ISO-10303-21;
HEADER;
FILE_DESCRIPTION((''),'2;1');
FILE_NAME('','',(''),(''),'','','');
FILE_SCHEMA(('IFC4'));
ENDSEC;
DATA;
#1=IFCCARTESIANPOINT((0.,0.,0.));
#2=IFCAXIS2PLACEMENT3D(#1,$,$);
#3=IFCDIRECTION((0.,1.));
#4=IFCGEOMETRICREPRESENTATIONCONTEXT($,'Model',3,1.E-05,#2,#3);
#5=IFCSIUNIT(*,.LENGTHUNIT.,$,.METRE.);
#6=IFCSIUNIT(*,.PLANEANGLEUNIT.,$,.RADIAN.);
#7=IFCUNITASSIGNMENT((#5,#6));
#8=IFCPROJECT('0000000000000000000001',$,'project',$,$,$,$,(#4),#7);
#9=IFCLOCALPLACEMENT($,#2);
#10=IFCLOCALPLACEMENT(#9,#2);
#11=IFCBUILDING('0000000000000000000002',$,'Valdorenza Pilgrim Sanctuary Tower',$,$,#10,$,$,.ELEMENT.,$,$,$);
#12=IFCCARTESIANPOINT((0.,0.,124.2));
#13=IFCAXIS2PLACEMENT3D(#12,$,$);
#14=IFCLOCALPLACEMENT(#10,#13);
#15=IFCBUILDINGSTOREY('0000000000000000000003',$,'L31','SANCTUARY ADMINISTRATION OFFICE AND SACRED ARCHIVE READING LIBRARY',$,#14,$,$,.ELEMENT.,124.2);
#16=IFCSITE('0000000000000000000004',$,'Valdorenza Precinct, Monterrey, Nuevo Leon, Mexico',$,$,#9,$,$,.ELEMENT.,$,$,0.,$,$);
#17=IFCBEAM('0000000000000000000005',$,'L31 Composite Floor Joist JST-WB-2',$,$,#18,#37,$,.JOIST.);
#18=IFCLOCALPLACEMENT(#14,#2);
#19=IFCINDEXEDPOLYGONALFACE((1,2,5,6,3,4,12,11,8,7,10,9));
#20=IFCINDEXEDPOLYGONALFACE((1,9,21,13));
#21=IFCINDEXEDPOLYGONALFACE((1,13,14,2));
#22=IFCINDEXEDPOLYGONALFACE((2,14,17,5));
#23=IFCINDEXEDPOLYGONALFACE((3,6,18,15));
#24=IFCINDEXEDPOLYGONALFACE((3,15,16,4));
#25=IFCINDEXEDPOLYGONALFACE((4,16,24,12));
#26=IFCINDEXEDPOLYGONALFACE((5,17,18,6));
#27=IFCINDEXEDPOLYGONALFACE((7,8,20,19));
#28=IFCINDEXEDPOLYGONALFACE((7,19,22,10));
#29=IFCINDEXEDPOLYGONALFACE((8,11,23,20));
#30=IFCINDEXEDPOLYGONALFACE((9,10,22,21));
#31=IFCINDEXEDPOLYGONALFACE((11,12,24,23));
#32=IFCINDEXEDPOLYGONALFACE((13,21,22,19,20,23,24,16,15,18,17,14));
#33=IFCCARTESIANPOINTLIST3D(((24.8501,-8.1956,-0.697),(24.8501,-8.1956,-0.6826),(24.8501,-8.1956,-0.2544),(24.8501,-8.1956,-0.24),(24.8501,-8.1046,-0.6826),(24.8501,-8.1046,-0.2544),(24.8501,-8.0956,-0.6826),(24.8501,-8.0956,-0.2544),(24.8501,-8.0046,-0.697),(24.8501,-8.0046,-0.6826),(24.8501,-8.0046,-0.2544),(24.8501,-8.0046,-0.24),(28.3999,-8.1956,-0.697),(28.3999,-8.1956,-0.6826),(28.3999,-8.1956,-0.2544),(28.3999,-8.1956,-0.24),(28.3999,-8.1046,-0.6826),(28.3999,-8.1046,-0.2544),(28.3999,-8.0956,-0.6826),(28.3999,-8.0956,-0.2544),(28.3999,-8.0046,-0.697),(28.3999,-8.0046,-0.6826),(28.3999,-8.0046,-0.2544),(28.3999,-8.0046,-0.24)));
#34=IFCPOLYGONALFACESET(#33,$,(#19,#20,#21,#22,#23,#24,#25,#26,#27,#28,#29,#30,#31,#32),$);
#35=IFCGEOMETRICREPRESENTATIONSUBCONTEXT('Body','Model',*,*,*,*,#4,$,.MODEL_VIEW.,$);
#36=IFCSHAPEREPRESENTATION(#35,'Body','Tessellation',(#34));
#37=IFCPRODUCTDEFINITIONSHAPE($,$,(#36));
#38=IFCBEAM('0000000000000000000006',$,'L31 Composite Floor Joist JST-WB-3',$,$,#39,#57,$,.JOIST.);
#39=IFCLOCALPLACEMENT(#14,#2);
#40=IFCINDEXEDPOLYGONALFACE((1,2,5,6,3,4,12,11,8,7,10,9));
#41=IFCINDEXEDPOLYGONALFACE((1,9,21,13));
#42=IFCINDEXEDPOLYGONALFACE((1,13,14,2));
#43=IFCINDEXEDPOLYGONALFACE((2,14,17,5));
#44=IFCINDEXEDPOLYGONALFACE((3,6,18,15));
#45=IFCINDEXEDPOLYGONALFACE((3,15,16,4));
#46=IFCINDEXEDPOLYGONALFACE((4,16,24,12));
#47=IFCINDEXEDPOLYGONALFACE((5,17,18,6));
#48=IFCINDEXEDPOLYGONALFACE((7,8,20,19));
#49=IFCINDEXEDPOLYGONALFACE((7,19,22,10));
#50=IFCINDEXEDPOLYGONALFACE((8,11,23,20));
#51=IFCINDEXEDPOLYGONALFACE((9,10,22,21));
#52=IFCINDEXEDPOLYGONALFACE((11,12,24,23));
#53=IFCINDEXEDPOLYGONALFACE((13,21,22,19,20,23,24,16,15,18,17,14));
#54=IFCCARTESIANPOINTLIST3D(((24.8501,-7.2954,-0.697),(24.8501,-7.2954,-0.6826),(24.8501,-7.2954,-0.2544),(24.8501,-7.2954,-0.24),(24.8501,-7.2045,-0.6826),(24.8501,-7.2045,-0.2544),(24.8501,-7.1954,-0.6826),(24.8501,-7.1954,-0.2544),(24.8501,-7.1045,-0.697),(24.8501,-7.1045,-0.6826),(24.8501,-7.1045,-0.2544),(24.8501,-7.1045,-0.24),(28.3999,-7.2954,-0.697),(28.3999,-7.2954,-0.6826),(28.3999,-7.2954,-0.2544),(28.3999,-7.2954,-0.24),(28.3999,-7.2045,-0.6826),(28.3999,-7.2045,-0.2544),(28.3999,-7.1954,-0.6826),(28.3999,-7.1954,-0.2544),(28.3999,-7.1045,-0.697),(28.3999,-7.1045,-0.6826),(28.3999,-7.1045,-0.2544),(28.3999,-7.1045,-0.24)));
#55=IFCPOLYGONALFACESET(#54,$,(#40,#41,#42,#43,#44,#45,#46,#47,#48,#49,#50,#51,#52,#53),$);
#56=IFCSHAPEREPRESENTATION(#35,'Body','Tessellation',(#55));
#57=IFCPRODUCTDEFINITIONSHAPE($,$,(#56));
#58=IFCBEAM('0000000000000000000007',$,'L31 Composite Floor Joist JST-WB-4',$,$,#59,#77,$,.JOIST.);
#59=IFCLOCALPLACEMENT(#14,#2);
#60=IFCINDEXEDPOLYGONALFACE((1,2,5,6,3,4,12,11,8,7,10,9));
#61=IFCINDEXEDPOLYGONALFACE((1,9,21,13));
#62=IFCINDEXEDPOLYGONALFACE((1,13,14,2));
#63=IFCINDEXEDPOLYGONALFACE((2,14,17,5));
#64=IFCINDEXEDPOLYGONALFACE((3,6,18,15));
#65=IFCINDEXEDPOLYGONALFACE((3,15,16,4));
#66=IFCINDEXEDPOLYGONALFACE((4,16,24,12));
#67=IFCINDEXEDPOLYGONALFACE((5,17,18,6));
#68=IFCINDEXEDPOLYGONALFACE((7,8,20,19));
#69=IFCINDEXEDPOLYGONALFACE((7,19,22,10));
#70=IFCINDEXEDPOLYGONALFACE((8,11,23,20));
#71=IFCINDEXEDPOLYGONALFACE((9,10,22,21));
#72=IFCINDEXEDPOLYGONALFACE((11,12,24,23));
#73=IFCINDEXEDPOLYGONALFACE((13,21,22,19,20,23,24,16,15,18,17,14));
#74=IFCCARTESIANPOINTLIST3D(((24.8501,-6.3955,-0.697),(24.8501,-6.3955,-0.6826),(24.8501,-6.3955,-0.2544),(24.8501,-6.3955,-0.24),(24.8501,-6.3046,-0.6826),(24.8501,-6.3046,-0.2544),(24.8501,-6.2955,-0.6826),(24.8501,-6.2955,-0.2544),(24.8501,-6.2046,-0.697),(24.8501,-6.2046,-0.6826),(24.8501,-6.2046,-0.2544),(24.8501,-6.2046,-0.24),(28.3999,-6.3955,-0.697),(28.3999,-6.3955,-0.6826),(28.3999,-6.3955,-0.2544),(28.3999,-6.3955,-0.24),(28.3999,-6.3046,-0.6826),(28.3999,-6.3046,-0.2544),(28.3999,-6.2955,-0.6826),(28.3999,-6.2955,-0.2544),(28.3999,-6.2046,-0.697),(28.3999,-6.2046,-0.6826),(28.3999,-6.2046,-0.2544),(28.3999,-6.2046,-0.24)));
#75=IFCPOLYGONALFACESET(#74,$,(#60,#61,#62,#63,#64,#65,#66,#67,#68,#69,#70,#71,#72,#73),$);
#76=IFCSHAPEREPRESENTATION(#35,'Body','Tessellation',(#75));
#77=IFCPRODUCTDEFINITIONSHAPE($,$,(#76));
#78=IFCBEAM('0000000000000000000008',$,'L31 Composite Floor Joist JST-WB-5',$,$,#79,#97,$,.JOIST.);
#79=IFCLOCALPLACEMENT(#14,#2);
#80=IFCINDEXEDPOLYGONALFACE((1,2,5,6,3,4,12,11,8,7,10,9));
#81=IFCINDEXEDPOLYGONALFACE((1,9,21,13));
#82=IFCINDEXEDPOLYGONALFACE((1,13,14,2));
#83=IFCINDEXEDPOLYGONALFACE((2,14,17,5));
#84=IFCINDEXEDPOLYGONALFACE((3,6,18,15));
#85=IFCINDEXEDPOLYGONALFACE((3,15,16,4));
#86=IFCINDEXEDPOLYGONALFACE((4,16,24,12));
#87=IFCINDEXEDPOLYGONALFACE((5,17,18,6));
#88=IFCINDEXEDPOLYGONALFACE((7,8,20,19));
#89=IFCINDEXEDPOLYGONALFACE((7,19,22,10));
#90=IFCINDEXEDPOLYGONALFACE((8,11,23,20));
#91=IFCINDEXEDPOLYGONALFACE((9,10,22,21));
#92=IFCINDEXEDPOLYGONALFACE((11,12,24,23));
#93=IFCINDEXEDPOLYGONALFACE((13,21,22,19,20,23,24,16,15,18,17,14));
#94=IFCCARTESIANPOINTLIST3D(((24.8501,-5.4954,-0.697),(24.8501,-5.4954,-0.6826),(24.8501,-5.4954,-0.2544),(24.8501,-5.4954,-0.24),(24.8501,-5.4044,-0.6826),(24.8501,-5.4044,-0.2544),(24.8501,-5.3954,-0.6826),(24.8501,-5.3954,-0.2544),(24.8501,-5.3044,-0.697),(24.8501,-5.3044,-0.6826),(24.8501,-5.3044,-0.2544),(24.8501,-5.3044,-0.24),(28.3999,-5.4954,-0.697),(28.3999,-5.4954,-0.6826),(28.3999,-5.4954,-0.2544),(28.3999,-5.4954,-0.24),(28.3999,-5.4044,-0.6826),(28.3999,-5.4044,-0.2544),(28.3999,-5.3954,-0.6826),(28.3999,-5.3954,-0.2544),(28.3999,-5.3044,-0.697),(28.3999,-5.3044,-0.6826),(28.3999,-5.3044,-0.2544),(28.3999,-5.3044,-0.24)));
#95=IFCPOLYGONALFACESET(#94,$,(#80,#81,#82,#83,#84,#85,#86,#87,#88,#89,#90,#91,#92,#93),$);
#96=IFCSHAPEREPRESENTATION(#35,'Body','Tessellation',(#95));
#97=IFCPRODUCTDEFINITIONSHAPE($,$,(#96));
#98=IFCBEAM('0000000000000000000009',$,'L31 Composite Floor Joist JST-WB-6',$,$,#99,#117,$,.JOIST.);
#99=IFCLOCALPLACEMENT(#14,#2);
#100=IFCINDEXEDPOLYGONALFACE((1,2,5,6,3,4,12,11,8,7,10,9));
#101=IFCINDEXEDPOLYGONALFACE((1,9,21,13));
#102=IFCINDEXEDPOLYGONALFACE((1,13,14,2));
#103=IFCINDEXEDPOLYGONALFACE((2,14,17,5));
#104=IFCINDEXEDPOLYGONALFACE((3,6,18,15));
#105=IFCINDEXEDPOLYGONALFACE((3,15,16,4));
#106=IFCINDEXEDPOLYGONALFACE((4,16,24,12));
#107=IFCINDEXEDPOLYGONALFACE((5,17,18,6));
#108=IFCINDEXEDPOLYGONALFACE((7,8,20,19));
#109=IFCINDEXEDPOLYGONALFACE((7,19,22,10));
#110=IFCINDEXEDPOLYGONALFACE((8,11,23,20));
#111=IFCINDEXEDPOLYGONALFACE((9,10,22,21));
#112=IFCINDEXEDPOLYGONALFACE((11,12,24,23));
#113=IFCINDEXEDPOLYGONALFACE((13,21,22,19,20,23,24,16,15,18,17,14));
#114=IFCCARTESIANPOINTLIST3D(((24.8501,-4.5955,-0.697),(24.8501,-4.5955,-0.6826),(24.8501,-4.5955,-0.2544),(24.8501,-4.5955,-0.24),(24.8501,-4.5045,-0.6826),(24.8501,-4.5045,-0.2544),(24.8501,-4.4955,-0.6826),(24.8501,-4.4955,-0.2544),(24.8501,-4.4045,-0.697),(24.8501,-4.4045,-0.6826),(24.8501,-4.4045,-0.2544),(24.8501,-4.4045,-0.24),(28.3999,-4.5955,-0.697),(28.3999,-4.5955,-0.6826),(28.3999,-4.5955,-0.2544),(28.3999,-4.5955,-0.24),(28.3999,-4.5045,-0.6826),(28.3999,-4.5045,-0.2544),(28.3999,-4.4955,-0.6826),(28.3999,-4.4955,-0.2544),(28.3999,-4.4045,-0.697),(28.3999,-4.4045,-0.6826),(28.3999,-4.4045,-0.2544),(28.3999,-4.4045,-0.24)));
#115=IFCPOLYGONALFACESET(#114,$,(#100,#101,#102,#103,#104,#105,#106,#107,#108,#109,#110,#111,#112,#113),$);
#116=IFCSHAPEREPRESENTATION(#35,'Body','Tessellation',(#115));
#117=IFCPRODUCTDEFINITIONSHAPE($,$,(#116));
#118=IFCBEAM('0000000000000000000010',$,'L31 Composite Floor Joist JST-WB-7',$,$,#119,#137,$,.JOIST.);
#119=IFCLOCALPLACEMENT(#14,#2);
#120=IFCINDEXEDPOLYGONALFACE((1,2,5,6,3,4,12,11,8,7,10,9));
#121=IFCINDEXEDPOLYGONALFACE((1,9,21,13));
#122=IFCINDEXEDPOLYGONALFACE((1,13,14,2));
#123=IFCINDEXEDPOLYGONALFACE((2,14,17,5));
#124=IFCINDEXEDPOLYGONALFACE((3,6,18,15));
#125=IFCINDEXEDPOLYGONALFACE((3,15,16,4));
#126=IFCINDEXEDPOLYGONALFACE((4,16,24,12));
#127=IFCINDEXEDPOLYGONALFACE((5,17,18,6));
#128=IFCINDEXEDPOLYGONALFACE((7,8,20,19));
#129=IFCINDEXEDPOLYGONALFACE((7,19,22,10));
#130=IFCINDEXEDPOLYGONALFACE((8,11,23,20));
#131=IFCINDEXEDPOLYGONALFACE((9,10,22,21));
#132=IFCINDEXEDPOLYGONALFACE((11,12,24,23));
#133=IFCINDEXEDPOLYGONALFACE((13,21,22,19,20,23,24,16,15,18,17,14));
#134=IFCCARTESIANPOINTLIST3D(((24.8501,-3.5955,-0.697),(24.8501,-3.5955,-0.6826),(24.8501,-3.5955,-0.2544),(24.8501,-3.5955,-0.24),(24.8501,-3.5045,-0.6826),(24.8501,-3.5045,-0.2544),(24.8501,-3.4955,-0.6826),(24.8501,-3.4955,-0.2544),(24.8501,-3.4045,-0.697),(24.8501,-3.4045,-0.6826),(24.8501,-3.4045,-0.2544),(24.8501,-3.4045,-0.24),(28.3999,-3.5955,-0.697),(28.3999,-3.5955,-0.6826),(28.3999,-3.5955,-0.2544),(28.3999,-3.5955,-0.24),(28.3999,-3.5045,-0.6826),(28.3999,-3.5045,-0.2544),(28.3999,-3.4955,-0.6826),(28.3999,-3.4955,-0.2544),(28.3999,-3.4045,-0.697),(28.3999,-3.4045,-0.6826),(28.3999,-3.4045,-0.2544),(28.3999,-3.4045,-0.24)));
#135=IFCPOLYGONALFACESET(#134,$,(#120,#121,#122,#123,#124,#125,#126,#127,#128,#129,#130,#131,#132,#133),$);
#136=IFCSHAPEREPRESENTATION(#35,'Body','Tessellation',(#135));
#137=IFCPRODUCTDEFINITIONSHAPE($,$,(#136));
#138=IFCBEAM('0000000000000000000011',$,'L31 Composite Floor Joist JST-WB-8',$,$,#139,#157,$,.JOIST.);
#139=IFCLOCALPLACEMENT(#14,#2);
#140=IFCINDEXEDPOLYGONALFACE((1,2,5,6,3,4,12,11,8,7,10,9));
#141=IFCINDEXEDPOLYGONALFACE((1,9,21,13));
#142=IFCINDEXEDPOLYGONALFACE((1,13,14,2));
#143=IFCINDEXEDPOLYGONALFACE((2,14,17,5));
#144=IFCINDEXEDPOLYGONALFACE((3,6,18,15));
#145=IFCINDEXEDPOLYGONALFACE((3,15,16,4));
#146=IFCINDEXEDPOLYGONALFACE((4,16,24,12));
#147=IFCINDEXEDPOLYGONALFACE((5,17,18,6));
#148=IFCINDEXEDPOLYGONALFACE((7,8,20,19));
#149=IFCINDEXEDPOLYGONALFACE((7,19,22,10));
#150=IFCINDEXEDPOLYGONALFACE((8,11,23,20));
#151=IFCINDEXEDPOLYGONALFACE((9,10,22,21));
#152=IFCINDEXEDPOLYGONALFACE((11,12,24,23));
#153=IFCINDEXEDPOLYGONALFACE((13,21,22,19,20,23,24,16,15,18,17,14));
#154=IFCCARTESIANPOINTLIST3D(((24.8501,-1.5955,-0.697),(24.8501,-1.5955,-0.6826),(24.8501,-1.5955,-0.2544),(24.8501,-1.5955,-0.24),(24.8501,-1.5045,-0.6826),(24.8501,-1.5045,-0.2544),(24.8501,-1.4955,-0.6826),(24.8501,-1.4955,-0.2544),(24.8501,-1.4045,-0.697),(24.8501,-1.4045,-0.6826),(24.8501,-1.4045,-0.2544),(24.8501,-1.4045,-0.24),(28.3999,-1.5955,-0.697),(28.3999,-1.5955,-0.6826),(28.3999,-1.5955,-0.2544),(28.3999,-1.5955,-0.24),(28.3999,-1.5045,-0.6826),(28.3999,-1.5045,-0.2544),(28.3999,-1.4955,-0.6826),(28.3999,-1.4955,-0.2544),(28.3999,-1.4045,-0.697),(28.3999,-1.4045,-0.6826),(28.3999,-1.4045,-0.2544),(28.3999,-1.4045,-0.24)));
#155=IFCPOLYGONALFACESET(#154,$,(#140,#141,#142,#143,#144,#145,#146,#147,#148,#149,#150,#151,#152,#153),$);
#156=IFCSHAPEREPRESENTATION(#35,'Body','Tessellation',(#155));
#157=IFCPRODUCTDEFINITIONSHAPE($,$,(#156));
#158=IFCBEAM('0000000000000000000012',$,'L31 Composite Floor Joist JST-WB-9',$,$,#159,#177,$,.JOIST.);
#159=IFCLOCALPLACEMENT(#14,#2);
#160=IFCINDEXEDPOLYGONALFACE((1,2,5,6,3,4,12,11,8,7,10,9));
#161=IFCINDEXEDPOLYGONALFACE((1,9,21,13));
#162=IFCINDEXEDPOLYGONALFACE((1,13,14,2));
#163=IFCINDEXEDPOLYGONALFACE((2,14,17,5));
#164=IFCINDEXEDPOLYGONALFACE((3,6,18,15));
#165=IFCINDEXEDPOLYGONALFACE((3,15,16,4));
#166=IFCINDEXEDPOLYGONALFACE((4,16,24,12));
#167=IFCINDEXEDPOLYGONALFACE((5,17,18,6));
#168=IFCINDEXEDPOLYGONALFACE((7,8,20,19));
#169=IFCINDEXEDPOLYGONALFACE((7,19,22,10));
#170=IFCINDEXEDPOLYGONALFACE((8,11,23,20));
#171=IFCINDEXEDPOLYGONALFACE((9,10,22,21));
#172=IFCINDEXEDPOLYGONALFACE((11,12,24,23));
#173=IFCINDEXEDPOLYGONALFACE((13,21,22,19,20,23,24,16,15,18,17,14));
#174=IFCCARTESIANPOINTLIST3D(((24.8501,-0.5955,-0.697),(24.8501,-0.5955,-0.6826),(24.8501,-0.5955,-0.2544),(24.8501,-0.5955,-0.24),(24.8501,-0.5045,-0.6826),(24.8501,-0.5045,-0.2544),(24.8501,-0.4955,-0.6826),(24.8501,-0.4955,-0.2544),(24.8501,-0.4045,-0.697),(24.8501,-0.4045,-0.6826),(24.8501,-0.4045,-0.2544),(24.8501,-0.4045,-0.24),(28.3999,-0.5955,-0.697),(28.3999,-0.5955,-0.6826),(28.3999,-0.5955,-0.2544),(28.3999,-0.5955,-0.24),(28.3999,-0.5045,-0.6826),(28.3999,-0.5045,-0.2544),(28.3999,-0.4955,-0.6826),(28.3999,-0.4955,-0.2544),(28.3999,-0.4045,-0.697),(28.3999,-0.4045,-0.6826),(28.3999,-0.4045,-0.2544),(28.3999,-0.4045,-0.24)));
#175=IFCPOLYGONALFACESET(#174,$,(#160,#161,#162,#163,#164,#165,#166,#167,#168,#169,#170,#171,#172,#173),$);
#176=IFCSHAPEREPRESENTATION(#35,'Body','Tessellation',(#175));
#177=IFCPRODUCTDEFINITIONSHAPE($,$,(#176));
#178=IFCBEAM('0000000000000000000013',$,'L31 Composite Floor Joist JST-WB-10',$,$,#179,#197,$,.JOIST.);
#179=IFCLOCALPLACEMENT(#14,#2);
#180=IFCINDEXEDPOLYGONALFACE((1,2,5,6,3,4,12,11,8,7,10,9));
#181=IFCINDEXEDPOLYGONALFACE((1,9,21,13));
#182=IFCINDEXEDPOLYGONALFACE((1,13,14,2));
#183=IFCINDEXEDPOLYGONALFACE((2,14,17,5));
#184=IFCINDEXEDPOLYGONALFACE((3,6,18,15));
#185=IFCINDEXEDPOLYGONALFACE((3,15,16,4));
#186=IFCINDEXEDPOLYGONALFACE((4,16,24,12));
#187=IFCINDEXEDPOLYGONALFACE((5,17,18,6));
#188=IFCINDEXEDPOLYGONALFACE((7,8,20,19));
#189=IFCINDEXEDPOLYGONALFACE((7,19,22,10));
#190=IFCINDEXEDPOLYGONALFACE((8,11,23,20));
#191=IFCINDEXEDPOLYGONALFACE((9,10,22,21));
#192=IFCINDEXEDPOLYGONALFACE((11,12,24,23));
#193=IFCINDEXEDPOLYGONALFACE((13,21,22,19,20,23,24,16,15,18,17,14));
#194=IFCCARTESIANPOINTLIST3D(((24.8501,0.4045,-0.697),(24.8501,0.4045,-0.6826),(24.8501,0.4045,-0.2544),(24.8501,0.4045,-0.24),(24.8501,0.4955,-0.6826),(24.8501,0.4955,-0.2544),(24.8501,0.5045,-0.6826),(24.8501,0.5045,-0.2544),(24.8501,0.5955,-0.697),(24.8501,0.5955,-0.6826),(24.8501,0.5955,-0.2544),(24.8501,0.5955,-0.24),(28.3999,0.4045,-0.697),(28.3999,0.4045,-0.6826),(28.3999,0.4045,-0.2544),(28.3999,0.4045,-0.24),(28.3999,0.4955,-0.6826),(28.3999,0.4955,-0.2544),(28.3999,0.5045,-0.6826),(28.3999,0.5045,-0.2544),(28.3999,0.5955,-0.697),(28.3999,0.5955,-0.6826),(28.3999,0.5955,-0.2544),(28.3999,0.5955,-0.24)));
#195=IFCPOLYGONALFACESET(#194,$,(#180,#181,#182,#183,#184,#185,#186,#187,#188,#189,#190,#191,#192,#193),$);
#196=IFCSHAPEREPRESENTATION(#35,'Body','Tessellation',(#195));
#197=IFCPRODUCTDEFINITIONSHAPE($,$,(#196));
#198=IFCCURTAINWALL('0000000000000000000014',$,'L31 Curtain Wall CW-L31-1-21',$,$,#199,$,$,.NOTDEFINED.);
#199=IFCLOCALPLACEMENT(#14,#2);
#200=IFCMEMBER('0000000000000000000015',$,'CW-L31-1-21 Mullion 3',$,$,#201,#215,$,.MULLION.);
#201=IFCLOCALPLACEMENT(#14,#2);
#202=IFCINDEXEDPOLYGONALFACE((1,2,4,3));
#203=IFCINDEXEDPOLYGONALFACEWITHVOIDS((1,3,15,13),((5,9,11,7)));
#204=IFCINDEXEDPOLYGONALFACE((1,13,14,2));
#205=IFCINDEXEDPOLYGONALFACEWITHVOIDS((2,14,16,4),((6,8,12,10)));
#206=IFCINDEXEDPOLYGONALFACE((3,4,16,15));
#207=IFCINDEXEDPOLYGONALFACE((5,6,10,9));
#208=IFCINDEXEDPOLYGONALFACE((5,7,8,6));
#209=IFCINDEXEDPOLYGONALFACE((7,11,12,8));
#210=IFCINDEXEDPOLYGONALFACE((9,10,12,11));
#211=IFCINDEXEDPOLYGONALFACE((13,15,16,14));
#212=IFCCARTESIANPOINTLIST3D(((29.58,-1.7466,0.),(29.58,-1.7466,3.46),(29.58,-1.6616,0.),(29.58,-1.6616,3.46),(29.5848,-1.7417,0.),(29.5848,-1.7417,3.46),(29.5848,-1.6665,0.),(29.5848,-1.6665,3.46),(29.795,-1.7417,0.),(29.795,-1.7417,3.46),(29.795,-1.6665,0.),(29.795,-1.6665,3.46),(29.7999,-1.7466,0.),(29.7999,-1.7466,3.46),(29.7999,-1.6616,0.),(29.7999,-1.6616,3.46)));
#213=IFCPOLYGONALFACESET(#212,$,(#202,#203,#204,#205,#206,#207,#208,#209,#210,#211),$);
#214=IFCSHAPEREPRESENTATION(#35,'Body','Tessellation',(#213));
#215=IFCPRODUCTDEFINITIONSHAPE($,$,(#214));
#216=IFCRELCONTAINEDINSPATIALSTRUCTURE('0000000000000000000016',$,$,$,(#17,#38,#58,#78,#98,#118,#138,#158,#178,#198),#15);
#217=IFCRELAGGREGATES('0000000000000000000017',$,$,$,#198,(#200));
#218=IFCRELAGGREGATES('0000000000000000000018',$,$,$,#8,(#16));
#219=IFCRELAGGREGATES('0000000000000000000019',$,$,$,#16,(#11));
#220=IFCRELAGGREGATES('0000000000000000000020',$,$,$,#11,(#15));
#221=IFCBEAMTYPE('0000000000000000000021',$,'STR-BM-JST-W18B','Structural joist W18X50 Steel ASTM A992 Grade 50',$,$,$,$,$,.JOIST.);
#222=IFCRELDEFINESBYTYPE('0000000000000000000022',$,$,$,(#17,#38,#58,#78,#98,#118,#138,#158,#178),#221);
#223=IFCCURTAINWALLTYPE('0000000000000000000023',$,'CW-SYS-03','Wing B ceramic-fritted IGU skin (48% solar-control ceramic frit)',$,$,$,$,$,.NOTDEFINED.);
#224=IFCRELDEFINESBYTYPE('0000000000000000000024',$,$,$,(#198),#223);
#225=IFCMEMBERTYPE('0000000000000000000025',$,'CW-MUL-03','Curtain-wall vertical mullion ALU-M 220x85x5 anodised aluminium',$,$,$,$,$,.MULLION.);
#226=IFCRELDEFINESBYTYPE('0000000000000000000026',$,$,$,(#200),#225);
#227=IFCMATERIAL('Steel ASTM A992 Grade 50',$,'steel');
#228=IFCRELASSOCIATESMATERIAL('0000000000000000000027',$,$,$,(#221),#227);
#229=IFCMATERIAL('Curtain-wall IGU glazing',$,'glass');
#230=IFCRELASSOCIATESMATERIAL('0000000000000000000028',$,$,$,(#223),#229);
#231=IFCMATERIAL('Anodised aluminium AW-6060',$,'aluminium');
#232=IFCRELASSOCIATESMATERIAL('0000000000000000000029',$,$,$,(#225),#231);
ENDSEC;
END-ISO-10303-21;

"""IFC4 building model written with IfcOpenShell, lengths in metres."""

from ifc_helpers import new_model, si_unit, direction, frame, origin, origin_2d, place, context, subcontext, project, spatial, hollow_rectangle, i_section, extrude, source, transform, mapped, material, material_profile, profile_set, type_object, element, aggregate, save


model = new_model("IFC4")

# Units and contexts
model_context = context("Model", 3, precision=1e-05, world=origin(), true_north=direction((0.0, 1.0)))
body_context = subcontext(model_context, "Body", "Model", "MODEL_VIEW")
ifc_project = project(units=[si_unit("LENGTHUNIT", "METRE"), si_unit("PLANEANGLEUNIT", "RADIAN")], contexts=[model_context])

# Site, building, storey
site_placement = place(None, origin())
site = spatial("IfcSite", under=ifc_project, at=site_placement, Name="Valdorenza Precinct, Monterrey, Nuevo Leon, Mexico", CompositionType="ELEMENT", RefElevation=0.0)
building_placement = place(site_placement, origin())
building = spatial("IfcBuilding", under=site, at=building_placement, Name="Valdorenza Pilgrim Sanctuary Tower", CompositionType="ELEMENT")
storey_placement = place(building_placement, frame((0.0, 0.0, 124.2)))
storey = spatial("IfcBuildingStorey", under=building, at=storey_placement, Name="L31", Description="SANCTUARY ADMINISTRATION OFFICE AND SACRED ARCHIVE READING LIBRARY", CompositionType="ELEMENT", Elevation=124.2)

# Shared definitions
ifc_material_1 = material(Name="Steel ASTM A992 Grade 50", Category="steel")

# Beams
ifc_material_profile_1 = material_profile(ifc_material_1, i_section(OverallWidth=0.1909, OverallDepth=0.457, WebThickness=0.009, FlangeThickness=0.0144, at=origin_2d()), Name="W18X50")
ifc_profile_set_1 = profile_set([ifc_material_profile_1], Name="Steel ASTM A992 Grade 50")
beam_type_1 = type_object("IfcBeamType", Name="STR-BM-JST-W18B", Description="Structural joist W18X50 Steel ASTM A992 Grade 50", PredefinedType="JOIST", material=ifc_profile_set_1)
shared_shape_1 = source(origin(), body_context, "Body", "SweptSolid", [
    extrude(i_section(OverallWidth=0.1909, OverallDepth=0.457, WebThickness=0.009, FlangeThickness=0.0144, at=origin_2d()), origin(), (0.0, 0.0, 1.0), 3.5498),
])
for number, where, z_axis, x_axis, name in (
    (1, (24.8501, -8.1001, -0.4685), (1.0, 0.0, 0.0), (0.0, 1.0, 0.0), "L31 Composite Floor Joist JST-WB-2"),
    (2, (24.8501, -7.2, -0.4685), (1.0, 0.0, 0.0), (0.0, 1.0, 0.0), "L31 Composite Floor Joist JST-WB-3"),
    (3, (24.8501, -6.3, -0.4685), (1.0, 0.0, 0.0), (0.0, 1.0, 0.0), "L31 Composite Floor Joist JST-WB-4"),
    (4, (24.8501, -5.3999, -0.4685), (1.0, 0.0, 0.0), (0.0, 1.0, 0.0), "L31 Composite Floor Joist JST-WB-5"),
    (5, (24.8501, -4.5, -0.4685), (1.0, 0.0, 0.0), (0.0, 1.0, 0.0), "L31 Composite Floor Joist JST-WB-6"),
    (6, (24.8501, -3.5, -0.4685), (1.0, 0.0, 0.0), (0.0, 1.0, 0.0), "L31 Composite Floor Joist JST-WB-7"),
    (7, (24.8501, -1.5, -0.4685), (1.0, 0.0, 0.0), (0.0, 1.0, 0.0), "L31 Composite Floor Joist JST-WB-8"),
    (8, (24.8501, -0.5, -0.4685), (1.0, 0.0, 0.0), (0.0, 1.0, 0.0), "L31 Composite Floor Joist JST-WB-9"),
    (9, (24.8501, 0.5, -0.4685), (1.0, 0.0, 0.0), (0.0, 1.0, 0.0), "L31 Composite Floor Joist JST-WB-10"),
):
    element("IfcBeam", number, at=place(storey_placement, frame(where, z_axis=z_axis, x_axis=x_axis)), inside=storey, type_object=beam_type_1, Name=name, PredefinedType="JOIST", context=body_context, shape_type="MappedRepresentation", body=[
        mapped(shared_shape_1, transform((0.0, 0.0, 0.0), x_axis=(1.0, 0.0, 0.0), y_axis=(0.0, 1.0, 0.0), z_axis=(0.0, 0.0, 1.0), scale=1.0)),
    ])

# Curtain wall, member
ifc_material_2 = material(Name="Curtain-wall IGU glazing", Category="glass")
curtain_wall_type = type_object("IfcCurtainWallType", Name="CW-SYS-03", Description="Wing B ceramic-fritted IGU skin (48% solar-control ceramic frit)", PredefinedType="NOTDEFINED", material=ifc_material_2)
curtain_wall_1_placement = place(storey_placement, origin())
curtain_wall_1 = element("IfcCurtainWall", 10, at=curtain_wall_1_placement, inside=storey, type_object=curtain_wall_type, Name="L31 Curtain Wall CW-L31-1-21", PredefinedType="NOTDEFINED")
ifc_material_3 = material(Name="Anodised aluminium AW-6060", Category="aluminium")
ifc_material_profile_2 = material_profile(ifc_material_3, hollow_rectangle(XDim=0.085, YDim=0.22, WallThickness=0.0049, at=origin_2d()), Name="ALU-M 220x85x5")
ifc_profile_set_2 = profile_set([ifc_material_profile_2], Name="Anodised aluminium AW-6060")
member_type_1 = type_object("IfcMemberType", Name="CW-MUL-03", Description="Curtain-wall vertical mullion ALU-M 220x85x5 anodised aluminium", PredefinedType="MULLION", material=ifc_profile_set_2)
shared_shape_2 = source(origin(), body_context, "Body", "SweptSolid", [
    extrude(hollow_rectangle(XDim=0.085, YDim=0.22, WallThickness=0.0049, at=origin_2d()), origin(), (0.0, 0.0, 1.0), 3.46),
])
member_1_placement = place(storey_placement, frame((29.6899, -1.7041, 0.0), z_axis=(0.0, 0.0, 1.0), x_axis=(0.0, -1.0, 0.0)))
member_1 = element("IfcMember", 11, at=member_1_placement, type_object=member_type_1, Name="CW-L31-1-21 Mullion 3", PredefinedType="MULLION", context=body_context, shape_type="MappedRepresentation", body=[
    mapped(shared_shape_2, transform((0.0, 0.0, 0.0), x_axis=(1.0, 0.0, 0.0), y_axis=(0.0, 1.0, 0.0), z_axis=(0.0, 0.0, 1.0), scale=1.0)),
])

aggregate(curtain_wall_1, [member_1])

save(model, "model.ifc")
